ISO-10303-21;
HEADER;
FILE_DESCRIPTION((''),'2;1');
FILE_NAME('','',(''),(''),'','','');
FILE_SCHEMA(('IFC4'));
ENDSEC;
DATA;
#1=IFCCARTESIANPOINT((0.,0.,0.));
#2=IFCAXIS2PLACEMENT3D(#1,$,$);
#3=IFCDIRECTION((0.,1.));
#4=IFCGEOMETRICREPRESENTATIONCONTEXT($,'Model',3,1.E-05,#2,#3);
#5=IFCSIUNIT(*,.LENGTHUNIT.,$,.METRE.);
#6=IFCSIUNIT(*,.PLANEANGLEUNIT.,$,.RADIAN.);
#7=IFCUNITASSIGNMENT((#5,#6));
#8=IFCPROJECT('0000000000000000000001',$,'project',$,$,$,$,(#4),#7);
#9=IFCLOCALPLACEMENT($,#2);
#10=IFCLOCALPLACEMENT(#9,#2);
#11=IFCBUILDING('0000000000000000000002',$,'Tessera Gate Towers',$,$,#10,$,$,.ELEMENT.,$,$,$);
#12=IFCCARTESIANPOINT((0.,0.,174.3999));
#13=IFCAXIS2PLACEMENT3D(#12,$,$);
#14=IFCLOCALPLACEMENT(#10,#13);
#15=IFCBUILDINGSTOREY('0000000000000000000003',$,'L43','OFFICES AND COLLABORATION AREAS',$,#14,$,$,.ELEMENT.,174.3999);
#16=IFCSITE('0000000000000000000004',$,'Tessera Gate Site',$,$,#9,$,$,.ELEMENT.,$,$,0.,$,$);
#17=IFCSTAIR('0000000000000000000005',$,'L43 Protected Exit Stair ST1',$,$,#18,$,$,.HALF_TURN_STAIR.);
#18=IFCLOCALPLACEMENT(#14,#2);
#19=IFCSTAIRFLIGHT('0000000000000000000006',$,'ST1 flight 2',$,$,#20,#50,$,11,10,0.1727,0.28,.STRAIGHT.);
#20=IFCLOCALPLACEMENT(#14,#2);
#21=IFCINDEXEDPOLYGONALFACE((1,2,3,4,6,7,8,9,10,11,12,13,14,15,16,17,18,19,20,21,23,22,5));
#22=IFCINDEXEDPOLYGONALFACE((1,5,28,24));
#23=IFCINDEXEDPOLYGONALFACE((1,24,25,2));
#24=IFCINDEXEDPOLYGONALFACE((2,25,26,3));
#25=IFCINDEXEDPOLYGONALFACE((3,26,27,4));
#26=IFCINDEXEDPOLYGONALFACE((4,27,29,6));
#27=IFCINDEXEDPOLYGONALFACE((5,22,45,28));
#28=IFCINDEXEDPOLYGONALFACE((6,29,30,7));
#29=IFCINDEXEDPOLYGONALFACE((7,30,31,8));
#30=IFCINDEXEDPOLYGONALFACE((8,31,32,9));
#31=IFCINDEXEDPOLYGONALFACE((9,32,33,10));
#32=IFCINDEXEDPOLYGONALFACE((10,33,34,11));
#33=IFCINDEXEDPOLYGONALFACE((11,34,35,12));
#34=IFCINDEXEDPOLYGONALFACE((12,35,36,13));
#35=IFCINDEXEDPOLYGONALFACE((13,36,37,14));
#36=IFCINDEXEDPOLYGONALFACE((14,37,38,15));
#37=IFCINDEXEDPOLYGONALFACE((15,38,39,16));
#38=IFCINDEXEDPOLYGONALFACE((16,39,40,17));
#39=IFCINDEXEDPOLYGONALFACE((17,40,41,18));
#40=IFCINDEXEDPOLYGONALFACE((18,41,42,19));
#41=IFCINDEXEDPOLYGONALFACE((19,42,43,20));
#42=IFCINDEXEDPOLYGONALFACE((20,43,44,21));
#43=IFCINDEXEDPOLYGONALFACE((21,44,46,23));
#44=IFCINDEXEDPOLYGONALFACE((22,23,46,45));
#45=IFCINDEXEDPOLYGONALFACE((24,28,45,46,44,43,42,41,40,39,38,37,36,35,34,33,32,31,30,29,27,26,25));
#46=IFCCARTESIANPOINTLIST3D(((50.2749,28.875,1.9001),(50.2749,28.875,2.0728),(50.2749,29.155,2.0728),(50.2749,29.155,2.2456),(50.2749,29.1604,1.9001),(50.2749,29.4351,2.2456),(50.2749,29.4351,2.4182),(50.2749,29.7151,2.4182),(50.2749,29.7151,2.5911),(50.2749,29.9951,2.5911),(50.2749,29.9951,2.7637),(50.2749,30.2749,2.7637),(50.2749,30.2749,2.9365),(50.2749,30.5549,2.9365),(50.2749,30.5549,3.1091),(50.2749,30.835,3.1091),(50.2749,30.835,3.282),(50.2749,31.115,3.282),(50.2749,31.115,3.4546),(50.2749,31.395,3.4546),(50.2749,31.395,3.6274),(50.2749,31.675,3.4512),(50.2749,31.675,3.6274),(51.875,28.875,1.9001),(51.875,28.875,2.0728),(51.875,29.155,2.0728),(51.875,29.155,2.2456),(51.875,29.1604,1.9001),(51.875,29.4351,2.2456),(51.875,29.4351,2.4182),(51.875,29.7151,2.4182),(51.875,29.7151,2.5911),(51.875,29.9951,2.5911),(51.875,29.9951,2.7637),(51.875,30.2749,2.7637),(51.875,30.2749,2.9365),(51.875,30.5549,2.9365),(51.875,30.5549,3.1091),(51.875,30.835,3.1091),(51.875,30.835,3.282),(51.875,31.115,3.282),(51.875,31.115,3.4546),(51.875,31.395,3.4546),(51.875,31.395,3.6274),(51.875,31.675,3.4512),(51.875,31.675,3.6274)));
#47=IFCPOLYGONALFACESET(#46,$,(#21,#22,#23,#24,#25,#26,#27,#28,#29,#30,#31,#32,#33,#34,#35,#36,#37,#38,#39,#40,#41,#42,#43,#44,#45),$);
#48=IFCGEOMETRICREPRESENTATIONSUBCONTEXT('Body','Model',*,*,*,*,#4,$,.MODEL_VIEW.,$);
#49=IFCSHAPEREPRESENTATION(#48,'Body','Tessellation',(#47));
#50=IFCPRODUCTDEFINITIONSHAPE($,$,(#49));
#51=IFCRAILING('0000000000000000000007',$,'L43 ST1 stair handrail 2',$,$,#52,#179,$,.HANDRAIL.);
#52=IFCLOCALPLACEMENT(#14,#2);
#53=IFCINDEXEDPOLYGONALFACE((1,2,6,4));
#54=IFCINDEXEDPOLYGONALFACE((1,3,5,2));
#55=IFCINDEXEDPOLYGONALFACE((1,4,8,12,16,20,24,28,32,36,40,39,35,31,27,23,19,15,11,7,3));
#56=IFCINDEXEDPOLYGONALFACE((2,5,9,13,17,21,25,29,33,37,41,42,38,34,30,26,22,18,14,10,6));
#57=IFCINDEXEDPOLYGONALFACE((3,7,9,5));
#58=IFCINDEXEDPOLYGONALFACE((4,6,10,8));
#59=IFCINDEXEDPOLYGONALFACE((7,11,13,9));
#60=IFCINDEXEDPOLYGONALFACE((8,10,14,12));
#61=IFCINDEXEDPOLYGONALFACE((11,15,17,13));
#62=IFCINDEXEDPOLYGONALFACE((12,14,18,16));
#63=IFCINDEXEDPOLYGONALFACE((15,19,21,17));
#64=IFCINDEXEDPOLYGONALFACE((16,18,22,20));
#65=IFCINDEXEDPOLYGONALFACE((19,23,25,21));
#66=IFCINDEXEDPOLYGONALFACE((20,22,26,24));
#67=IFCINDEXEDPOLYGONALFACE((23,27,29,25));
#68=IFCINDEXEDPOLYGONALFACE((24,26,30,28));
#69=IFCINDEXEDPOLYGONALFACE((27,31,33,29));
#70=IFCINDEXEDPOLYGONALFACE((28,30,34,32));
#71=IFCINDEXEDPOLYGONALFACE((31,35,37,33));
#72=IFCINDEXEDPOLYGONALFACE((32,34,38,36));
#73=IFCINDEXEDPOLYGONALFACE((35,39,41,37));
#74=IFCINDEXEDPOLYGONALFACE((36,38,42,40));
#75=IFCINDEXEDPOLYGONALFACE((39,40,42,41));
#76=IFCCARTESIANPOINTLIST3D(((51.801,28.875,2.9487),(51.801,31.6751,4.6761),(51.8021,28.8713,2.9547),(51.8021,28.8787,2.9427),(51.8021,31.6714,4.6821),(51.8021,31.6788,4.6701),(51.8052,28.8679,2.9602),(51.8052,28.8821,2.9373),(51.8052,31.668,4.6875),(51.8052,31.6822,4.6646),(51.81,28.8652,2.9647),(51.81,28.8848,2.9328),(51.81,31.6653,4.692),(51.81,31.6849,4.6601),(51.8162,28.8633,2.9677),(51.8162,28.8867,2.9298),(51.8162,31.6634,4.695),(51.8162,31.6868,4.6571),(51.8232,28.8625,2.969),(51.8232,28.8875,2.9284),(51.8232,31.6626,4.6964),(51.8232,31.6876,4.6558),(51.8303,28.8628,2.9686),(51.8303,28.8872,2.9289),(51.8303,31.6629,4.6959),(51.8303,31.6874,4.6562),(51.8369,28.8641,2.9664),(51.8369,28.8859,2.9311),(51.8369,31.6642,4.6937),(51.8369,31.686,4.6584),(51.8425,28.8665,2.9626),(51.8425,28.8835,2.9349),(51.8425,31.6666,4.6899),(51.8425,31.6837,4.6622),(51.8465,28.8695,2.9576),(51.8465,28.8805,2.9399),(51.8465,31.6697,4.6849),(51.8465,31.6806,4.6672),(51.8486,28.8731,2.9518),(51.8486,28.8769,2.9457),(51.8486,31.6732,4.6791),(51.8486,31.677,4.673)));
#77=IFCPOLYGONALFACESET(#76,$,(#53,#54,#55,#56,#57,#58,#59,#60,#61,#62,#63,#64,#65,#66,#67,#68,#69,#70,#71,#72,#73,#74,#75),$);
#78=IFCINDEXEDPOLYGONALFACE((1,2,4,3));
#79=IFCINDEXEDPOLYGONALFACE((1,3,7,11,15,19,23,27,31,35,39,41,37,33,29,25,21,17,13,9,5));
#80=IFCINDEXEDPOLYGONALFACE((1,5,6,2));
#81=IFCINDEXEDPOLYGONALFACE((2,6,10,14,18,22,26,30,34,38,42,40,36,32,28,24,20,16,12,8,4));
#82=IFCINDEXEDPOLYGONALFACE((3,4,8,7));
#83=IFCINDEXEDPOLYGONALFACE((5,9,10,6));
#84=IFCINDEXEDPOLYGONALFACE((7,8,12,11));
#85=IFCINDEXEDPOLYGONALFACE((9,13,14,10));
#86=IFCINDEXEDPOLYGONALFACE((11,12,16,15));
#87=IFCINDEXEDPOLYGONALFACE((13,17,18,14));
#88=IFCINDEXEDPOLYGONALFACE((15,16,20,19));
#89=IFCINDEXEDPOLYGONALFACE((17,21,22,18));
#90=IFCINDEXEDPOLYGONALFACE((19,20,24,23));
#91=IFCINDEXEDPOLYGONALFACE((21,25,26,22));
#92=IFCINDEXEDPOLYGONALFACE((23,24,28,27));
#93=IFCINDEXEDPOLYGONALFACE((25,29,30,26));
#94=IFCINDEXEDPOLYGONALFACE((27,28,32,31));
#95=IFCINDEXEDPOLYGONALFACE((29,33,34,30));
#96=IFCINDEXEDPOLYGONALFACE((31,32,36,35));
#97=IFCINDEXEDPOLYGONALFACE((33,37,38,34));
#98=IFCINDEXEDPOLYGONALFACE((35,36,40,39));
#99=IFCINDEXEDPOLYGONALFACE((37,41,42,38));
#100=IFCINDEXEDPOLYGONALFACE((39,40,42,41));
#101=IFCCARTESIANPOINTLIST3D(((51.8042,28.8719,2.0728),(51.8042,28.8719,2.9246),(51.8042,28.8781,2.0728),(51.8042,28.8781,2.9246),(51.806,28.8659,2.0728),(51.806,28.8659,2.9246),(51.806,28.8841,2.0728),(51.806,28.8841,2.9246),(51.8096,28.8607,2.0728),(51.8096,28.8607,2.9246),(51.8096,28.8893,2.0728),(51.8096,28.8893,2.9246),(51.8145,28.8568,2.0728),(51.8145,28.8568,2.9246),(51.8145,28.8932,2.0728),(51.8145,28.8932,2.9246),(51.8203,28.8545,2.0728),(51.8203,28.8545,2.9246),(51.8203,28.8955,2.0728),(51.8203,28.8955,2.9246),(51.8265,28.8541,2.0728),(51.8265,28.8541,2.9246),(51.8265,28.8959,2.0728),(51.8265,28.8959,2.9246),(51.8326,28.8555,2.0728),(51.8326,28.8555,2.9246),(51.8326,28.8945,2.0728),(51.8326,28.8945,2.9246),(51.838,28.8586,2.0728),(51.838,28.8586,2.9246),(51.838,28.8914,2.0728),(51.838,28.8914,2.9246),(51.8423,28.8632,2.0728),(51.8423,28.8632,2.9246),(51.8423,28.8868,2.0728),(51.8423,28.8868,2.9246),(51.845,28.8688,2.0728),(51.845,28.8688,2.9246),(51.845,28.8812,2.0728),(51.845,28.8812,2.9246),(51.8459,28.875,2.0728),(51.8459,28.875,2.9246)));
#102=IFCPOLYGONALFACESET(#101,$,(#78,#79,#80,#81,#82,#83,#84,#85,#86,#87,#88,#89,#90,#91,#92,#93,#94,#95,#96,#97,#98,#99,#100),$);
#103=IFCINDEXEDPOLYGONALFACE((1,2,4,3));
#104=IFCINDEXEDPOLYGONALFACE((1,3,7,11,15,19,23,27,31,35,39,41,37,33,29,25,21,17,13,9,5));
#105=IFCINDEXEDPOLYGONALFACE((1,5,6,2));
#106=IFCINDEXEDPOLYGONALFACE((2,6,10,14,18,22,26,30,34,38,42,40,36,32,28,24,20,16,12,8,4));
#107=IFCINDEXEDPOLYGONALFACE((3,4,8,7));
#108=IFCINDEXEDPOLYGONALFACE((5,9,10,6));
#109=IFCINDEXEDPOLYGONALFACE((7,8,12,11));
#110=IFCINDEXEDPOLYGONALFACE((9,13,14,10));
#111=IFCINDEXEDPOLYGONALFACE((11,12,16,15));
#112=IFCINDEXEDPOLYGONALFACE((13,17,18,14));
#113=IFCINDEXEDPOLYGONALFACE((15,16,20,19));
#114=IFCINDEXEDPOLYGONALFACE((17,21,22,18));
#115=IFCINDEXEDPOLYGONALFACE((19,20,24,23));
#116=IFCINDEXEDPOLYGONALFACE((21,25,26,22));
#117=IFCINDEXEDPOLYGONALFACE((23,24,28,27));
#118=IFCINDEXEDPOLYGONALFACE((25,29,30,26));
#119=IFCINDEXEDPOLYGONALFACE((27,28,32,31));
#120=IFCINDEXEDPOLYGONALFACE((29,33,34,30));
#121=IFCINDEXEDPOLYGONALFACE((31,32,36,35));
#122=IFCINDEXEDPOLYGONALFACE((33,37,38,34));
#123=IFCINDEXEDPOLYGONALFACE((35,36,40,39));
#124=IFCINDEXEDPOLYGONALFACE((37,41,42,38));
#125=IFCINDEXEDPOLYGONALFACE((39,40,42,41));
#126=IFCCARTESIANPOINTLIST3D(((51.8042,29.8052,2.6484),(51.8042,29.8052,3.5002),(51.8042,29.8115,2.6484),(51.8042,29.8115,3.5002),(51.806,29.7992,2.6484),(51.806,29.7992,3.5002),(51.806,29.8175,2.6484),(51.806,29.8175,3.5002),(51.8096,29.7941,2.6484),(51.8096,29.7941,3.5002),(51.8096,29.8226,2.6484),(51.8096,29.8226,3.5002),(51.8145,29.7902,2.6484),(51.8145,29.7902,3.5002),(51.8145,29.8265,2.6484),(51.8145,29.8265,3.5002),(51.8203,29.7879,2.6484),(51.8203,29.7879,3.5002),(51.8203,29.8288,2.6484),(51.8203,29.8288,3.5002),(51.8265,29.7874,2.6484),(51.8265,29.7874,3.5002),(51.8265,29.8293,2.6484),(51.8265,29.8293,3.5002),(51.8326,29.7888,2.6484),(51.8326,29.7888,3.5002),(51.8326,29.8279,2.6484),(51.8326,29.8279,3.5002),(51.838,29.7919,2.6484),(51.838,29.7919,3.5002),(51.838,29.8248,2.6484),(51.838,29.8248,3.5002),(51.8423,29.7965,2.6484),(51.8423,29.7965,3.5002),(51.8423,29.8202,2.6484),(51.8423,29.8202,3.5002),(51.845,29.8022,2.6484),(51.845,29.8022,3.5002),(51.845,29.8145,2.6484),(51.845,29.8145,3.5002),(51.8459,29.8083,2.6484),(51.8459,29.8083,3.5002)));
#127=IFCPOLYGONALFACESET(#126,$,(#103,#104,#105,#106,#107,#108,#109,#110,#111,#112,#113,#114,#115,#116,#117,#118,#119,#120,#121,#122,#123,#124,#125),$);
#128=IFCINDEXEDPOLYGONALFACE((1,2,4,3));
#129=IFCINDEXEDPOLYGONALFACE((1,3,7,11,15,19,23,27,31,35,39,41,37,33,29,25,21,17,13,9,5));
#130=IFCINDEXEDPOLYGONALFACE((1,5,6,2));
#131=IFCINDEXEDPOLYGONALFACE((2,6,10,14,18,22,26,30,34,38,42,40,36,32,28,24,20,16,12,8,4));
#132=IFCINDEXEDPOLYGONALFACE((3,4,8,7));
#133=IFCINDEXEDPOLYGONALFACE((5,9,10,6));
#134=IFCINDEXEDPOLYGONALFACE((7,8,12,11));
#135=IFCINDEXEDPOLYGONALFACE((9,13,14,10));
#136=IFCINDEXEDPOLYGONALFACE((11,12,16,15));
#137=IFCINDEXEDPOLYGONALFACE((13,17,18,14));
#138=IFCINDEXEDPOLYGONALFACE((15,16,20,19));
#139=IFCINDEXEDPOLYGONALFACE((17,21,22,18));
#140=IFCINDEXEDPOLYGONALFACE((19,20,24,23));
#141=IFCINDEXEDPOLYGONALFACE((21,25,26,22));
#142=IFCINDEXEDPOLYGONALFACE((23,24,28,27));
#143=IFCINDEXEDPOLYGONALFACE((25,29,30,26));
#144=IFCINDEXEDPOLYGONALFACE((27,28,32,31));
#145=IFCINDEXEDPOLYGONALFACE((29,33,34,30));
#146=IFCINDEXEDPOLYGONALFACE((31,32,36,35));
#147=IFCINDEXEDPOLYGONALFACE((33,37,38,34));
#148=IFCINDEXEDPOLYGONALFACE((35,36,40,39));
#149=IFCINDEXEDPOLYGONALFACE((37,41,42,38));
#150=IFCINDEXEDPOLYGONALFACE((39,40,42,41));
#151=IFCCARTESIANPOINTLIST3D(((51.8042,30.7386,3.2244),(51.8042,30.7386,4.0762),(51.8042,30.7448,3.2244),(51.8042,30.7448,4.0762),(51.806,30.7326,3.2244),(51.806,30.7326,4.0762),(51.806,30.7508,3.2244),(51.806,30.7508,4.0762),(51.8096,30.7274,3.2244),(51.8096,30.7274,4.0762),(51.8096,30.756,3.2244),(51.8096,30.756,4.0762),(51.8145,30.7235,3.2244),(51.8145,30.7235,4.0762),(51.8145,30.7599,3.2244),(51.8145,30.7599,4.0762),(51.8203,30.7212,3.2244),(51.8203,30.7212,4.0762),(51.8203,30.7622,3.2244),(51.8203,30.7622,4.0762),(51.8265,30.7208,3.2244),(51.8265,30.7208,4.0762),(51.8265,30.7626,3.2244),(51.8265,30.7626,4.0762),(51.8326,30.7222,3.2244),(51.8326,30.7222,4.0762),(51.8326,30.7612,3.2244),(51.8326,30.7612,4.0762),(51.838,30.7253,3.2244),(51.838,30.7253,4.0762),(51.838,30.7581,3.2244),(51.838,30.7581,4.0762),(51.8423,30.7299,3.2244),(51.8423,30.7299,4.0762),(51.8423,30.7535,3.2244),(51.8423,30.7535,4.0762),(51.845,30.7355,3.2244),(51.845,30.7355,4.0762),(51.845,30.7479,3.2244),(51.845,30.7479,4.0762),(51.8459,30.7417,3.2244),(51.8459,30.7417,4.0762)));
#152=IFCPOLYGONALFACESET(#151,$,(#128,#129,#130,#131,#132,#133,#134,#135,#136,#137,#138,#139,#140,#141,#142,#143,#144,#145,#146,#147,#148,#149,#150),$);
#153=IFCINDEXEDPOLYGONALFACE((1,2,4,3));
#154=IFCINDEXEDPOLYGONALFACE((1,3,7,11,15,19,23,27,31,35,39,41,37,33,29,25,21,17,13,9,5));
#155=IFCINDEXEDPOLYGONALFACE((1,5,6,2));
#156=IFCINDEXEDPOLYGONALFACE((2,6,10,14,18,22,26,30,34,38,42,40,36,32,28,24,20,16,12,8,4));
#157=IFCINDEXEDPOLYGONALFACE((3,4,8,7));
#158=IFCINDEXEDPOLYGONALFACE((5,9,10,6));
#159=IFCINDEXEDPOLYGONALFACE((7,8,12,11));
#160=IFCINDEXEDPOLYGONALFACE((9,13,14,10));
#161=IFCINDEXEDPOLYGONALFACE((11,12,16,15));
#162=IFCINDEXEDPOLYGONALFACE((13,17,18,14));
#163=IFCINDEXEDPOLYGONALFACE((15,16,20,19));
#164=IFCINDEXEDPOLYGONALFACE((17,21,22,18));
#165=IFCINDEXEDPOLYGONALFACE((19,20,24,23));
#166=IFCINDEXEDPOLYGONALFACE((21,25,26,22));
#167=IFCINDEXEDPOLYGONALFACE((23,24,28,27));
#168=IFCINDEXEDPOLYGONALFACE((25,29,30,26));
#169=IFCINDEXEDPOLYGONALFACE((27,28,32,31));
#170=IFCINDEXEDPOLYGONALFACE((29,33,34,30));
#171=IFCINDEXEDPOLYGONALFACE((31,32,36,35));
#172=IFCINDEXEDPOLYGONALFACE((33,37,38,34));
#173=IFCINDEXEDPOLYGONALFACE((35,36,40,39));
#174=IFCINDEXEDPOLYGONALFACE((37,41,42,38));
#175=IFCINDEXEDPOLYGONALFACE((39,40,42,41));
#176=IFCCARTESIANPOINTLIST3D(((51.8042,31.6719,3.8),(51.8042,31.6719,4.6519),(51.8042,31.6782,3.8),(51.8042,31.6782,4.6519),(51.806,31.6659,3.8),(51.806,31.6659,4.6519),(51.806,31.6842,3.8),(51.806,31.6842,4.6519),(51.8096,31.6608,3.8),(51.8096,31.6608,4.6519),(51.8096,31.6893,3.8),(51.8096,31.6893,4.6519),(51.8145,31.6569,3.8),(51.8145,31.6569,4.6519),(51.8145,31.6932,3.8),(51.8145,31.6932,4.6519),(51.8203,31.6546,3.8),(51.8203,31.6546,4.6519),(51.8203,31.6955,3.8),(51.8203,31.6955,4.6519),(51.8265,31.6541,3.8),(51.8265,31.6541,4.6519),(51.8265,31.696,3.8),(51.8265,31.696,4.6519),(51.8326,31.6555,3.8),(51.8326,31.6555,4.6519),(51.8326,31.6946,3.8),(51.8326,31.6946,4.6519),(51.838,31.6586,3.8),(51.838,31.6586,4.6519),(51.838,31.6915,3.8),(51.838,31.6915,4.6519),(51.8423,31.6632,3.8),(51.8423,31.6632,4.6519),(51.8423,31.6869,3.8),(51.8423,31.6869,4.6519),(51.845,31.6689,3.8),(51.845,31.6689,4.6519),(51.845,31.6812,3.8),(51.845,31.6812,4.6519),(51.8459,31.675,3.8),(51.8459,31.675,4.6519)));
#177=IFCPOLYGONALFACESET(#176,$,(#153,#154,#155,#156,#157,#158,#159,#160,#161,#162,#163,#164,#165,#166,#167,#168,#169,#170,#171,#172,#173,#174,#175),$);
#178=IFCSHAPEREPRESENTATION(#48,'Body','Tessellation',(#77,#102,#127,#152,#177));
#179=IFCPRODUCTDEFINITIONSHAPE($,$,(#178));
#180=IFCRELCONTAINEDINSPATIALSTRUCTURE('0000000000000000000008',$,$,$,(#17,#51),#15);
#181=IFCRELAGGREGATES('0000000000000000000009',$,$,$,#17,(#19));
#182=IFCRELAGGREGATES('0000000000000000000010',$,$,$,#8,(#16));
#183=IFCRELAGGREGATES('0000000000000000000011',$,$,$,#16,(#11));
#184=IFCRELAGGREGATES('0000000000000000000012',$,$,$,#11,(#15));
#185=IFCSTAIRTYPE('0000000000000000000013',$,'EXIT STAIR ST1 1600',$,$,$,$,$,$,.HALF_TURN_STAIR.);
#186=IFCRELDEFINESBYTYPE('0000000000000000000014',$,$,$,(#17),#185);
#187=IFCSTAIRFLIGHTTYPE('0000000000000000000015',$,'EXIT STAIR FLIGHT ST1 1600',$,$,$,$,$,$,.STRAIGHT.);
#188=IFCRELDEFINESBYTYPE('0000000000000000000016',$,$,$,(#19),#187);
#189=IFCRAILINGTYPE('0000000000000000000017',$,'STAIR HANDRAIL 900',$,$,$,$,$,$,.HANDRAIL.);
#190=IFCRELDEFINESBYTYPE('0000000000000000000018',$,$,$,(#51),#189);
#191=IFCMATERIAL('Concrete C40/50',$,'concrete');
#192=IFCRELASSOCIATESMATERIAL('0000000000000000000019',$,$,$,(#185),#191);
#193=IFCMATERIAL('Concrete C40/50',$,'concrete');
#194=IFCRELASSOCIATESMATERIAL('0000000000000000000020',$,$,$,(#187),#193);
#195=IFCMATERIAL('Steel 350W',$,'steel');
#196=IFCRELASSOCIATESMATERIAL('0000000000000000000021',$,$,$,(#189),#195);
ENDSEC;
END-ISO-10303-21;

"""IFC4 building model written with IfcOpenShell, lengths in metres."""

from ifc_helpers import new_model, si_unit, direction, frame, origin, origin_2d, place, context, subcontext, project, spatial, polyline, circle, outline, extrude, material, type_object, element, aggregate, save


model = new_model("IFC4")

# Units and contexts
model_context = context("Model", 3, precision=1e-05, world=origin(), true_north=direction((0.0, 1.0)))
body_context = subcontext(model_context, "Body", "Model", "MODEL_VIEW")
ifc_project = project(units=[si_unit("LENGTHUNIT", "METRE"), si_unit("PLANEANGLEUNIT", "RADIAN")], contexts=[model_context])

# Site, building, storey
site_placement = place(None, origin())
site = spatial("IfcSite", under=ifc_project, at=site_placement, Name="Tessera Gate Site", CompositionType="ELEMENT", RefElevation=0.0)
building_placement = place(site_placement, origin())
building = spatial("IfcBuilding", under=site, at=building_placement, Name="Tessera Gate Towers", CompositionType="ELEMENT")
storey_placement = place(building_placement, frame((0.0, 0.0, 174.3999)))
storey = spatial("IfcBuildingStorey", under=building, at=storey_placement, Name="L43", Description="OFFICES AND COLLABORATION AREAS", CompositionType="ELEMENT", Elevation=174.3999)

# Stair, stair flight
ifc_material_1 = material(Name="Concrete C40/50", Category="concrete")
stair_type = type_object("IfcStairType", Name="EXIT STAIR ST1 1600", PredefinedType="HALF_TURN_STAIR", material=ifc_material_1)
stair_placement = place(storey_placement, origin())
stair = element("IfcStair", 1, at=stair_placement, inside=storey, type_object=stair_type, Name="L43 Protected Exit Stair ST1", PredefinedType="HALF_TURN_STAIR")
ifc_material_2 = material(Name="Concrete C40/50", Category="concrete")
stair_flight_type = type_object("IfcStairFlightType", Name="EXIT STAIR FLIGHT ST1 1600", PredefinedType="STRAIGHT", material=ifc_material_2)
stair_flight_placement = place(storey_placement, frame((51.075, 28.875, 1.9001), z_axis=(0.0, 0.0, 1.0), x_axis=(0.0, 1.0, 0.0)))
stair_flight = element("IfcStairFlight", 2, at=stair_flight_placement, type_object=stair_flight_type, Name="ST1 flight 2", NumberOfRisers=11, NumberOfTreads=10, PredefinedType="STRAIGHT", RiserHeight=0.1727, TreadLength=0.28, context=body_context, shape_type="SweptSolid", body=[
    extrude(outline(polyline([(0.0, 0.0), (0.0, 0.1726), (0.28, 0.1726), (0.28, 0.3455), (0.5601, 0.3455), (0.5601, 0.5181), (0.8401, 0.5181), (0.8401, 0.6909), (1.1201, 0.6909), (1.1201, 0.8635), (1.3999, 0.8635), (1.3999, 1.0364), (1.6799, 1.0364), (1.6799, 1.209), (1.96, 1.209), (1.96, 1.3818), (2.24, 1.3818), (2.24, 1.5544), (2.52, 1.5544), (2.52, 1.7273), (2.8, 1.7273), (2.8, 1.8999), (2.8, 1.551), (0.2854, 0.0), (0.0, 0.0)])), frame((0.0, 0.8, 0.0), z_axis=(0.0, -1.0, 0.0), x_axis=(1.0, 0.0, 0.0)), (0.0, 0.0, 1.0), 1.6001),
])
aggregate(stair, [stair_flight])

# Railing
ifc_material_3 = material(Name="Steel 350W", Category="steel")
railing_type = type_object("IfcRailingType", Name="STAIR HANDRAIL 900", PredefinedType="HANDRAIL", material=ifc_material_3)
railing_placement = place(storey_placement, frame((51.825, 28.875, 2.0728)))
element("IfcRailing", 3, at=railing_placement, inside=storey, type_object=railing_type, Name="L43 ST1 stair handrail 2", PredefinedType="HANDRAIL", context=body_context, shape_type="SweptSolid", body=[
    extrude(circle(Radius=0.0239, at=origin_2d()), frame((0.0, 0.0, 0.876), z_axis=(0.0, 0.85109, 0.52502), x_axis=(-1.0, 0.0, 0.0)), (0.0, 0.0, 1.0), 3.29),
    extrude(circle(Radius=0.021, at=origin_2d()), origin(), (0.0, 0.0, 1.0), 0.8518),
    extrude(circle(Radius=0.021, at=origin_2d()), frame((0.0, 0.9333, 0.5757)), (0.0, 0.0, 1.0), 0.8518),
    extrude(circle(Radius=0.021, at=origin_2d()), frame((0.0, 1.8667, 1.1516)), (0.0, 0.0, 1.0), 0.8518),
    extrude(circle(Radius=0.021, at=origin_2d()), frame((0.0, 2.8, 1.7273)), (0.0, 0.0, 1.0), 0.8518),
])

save(model, "model.ifc")
